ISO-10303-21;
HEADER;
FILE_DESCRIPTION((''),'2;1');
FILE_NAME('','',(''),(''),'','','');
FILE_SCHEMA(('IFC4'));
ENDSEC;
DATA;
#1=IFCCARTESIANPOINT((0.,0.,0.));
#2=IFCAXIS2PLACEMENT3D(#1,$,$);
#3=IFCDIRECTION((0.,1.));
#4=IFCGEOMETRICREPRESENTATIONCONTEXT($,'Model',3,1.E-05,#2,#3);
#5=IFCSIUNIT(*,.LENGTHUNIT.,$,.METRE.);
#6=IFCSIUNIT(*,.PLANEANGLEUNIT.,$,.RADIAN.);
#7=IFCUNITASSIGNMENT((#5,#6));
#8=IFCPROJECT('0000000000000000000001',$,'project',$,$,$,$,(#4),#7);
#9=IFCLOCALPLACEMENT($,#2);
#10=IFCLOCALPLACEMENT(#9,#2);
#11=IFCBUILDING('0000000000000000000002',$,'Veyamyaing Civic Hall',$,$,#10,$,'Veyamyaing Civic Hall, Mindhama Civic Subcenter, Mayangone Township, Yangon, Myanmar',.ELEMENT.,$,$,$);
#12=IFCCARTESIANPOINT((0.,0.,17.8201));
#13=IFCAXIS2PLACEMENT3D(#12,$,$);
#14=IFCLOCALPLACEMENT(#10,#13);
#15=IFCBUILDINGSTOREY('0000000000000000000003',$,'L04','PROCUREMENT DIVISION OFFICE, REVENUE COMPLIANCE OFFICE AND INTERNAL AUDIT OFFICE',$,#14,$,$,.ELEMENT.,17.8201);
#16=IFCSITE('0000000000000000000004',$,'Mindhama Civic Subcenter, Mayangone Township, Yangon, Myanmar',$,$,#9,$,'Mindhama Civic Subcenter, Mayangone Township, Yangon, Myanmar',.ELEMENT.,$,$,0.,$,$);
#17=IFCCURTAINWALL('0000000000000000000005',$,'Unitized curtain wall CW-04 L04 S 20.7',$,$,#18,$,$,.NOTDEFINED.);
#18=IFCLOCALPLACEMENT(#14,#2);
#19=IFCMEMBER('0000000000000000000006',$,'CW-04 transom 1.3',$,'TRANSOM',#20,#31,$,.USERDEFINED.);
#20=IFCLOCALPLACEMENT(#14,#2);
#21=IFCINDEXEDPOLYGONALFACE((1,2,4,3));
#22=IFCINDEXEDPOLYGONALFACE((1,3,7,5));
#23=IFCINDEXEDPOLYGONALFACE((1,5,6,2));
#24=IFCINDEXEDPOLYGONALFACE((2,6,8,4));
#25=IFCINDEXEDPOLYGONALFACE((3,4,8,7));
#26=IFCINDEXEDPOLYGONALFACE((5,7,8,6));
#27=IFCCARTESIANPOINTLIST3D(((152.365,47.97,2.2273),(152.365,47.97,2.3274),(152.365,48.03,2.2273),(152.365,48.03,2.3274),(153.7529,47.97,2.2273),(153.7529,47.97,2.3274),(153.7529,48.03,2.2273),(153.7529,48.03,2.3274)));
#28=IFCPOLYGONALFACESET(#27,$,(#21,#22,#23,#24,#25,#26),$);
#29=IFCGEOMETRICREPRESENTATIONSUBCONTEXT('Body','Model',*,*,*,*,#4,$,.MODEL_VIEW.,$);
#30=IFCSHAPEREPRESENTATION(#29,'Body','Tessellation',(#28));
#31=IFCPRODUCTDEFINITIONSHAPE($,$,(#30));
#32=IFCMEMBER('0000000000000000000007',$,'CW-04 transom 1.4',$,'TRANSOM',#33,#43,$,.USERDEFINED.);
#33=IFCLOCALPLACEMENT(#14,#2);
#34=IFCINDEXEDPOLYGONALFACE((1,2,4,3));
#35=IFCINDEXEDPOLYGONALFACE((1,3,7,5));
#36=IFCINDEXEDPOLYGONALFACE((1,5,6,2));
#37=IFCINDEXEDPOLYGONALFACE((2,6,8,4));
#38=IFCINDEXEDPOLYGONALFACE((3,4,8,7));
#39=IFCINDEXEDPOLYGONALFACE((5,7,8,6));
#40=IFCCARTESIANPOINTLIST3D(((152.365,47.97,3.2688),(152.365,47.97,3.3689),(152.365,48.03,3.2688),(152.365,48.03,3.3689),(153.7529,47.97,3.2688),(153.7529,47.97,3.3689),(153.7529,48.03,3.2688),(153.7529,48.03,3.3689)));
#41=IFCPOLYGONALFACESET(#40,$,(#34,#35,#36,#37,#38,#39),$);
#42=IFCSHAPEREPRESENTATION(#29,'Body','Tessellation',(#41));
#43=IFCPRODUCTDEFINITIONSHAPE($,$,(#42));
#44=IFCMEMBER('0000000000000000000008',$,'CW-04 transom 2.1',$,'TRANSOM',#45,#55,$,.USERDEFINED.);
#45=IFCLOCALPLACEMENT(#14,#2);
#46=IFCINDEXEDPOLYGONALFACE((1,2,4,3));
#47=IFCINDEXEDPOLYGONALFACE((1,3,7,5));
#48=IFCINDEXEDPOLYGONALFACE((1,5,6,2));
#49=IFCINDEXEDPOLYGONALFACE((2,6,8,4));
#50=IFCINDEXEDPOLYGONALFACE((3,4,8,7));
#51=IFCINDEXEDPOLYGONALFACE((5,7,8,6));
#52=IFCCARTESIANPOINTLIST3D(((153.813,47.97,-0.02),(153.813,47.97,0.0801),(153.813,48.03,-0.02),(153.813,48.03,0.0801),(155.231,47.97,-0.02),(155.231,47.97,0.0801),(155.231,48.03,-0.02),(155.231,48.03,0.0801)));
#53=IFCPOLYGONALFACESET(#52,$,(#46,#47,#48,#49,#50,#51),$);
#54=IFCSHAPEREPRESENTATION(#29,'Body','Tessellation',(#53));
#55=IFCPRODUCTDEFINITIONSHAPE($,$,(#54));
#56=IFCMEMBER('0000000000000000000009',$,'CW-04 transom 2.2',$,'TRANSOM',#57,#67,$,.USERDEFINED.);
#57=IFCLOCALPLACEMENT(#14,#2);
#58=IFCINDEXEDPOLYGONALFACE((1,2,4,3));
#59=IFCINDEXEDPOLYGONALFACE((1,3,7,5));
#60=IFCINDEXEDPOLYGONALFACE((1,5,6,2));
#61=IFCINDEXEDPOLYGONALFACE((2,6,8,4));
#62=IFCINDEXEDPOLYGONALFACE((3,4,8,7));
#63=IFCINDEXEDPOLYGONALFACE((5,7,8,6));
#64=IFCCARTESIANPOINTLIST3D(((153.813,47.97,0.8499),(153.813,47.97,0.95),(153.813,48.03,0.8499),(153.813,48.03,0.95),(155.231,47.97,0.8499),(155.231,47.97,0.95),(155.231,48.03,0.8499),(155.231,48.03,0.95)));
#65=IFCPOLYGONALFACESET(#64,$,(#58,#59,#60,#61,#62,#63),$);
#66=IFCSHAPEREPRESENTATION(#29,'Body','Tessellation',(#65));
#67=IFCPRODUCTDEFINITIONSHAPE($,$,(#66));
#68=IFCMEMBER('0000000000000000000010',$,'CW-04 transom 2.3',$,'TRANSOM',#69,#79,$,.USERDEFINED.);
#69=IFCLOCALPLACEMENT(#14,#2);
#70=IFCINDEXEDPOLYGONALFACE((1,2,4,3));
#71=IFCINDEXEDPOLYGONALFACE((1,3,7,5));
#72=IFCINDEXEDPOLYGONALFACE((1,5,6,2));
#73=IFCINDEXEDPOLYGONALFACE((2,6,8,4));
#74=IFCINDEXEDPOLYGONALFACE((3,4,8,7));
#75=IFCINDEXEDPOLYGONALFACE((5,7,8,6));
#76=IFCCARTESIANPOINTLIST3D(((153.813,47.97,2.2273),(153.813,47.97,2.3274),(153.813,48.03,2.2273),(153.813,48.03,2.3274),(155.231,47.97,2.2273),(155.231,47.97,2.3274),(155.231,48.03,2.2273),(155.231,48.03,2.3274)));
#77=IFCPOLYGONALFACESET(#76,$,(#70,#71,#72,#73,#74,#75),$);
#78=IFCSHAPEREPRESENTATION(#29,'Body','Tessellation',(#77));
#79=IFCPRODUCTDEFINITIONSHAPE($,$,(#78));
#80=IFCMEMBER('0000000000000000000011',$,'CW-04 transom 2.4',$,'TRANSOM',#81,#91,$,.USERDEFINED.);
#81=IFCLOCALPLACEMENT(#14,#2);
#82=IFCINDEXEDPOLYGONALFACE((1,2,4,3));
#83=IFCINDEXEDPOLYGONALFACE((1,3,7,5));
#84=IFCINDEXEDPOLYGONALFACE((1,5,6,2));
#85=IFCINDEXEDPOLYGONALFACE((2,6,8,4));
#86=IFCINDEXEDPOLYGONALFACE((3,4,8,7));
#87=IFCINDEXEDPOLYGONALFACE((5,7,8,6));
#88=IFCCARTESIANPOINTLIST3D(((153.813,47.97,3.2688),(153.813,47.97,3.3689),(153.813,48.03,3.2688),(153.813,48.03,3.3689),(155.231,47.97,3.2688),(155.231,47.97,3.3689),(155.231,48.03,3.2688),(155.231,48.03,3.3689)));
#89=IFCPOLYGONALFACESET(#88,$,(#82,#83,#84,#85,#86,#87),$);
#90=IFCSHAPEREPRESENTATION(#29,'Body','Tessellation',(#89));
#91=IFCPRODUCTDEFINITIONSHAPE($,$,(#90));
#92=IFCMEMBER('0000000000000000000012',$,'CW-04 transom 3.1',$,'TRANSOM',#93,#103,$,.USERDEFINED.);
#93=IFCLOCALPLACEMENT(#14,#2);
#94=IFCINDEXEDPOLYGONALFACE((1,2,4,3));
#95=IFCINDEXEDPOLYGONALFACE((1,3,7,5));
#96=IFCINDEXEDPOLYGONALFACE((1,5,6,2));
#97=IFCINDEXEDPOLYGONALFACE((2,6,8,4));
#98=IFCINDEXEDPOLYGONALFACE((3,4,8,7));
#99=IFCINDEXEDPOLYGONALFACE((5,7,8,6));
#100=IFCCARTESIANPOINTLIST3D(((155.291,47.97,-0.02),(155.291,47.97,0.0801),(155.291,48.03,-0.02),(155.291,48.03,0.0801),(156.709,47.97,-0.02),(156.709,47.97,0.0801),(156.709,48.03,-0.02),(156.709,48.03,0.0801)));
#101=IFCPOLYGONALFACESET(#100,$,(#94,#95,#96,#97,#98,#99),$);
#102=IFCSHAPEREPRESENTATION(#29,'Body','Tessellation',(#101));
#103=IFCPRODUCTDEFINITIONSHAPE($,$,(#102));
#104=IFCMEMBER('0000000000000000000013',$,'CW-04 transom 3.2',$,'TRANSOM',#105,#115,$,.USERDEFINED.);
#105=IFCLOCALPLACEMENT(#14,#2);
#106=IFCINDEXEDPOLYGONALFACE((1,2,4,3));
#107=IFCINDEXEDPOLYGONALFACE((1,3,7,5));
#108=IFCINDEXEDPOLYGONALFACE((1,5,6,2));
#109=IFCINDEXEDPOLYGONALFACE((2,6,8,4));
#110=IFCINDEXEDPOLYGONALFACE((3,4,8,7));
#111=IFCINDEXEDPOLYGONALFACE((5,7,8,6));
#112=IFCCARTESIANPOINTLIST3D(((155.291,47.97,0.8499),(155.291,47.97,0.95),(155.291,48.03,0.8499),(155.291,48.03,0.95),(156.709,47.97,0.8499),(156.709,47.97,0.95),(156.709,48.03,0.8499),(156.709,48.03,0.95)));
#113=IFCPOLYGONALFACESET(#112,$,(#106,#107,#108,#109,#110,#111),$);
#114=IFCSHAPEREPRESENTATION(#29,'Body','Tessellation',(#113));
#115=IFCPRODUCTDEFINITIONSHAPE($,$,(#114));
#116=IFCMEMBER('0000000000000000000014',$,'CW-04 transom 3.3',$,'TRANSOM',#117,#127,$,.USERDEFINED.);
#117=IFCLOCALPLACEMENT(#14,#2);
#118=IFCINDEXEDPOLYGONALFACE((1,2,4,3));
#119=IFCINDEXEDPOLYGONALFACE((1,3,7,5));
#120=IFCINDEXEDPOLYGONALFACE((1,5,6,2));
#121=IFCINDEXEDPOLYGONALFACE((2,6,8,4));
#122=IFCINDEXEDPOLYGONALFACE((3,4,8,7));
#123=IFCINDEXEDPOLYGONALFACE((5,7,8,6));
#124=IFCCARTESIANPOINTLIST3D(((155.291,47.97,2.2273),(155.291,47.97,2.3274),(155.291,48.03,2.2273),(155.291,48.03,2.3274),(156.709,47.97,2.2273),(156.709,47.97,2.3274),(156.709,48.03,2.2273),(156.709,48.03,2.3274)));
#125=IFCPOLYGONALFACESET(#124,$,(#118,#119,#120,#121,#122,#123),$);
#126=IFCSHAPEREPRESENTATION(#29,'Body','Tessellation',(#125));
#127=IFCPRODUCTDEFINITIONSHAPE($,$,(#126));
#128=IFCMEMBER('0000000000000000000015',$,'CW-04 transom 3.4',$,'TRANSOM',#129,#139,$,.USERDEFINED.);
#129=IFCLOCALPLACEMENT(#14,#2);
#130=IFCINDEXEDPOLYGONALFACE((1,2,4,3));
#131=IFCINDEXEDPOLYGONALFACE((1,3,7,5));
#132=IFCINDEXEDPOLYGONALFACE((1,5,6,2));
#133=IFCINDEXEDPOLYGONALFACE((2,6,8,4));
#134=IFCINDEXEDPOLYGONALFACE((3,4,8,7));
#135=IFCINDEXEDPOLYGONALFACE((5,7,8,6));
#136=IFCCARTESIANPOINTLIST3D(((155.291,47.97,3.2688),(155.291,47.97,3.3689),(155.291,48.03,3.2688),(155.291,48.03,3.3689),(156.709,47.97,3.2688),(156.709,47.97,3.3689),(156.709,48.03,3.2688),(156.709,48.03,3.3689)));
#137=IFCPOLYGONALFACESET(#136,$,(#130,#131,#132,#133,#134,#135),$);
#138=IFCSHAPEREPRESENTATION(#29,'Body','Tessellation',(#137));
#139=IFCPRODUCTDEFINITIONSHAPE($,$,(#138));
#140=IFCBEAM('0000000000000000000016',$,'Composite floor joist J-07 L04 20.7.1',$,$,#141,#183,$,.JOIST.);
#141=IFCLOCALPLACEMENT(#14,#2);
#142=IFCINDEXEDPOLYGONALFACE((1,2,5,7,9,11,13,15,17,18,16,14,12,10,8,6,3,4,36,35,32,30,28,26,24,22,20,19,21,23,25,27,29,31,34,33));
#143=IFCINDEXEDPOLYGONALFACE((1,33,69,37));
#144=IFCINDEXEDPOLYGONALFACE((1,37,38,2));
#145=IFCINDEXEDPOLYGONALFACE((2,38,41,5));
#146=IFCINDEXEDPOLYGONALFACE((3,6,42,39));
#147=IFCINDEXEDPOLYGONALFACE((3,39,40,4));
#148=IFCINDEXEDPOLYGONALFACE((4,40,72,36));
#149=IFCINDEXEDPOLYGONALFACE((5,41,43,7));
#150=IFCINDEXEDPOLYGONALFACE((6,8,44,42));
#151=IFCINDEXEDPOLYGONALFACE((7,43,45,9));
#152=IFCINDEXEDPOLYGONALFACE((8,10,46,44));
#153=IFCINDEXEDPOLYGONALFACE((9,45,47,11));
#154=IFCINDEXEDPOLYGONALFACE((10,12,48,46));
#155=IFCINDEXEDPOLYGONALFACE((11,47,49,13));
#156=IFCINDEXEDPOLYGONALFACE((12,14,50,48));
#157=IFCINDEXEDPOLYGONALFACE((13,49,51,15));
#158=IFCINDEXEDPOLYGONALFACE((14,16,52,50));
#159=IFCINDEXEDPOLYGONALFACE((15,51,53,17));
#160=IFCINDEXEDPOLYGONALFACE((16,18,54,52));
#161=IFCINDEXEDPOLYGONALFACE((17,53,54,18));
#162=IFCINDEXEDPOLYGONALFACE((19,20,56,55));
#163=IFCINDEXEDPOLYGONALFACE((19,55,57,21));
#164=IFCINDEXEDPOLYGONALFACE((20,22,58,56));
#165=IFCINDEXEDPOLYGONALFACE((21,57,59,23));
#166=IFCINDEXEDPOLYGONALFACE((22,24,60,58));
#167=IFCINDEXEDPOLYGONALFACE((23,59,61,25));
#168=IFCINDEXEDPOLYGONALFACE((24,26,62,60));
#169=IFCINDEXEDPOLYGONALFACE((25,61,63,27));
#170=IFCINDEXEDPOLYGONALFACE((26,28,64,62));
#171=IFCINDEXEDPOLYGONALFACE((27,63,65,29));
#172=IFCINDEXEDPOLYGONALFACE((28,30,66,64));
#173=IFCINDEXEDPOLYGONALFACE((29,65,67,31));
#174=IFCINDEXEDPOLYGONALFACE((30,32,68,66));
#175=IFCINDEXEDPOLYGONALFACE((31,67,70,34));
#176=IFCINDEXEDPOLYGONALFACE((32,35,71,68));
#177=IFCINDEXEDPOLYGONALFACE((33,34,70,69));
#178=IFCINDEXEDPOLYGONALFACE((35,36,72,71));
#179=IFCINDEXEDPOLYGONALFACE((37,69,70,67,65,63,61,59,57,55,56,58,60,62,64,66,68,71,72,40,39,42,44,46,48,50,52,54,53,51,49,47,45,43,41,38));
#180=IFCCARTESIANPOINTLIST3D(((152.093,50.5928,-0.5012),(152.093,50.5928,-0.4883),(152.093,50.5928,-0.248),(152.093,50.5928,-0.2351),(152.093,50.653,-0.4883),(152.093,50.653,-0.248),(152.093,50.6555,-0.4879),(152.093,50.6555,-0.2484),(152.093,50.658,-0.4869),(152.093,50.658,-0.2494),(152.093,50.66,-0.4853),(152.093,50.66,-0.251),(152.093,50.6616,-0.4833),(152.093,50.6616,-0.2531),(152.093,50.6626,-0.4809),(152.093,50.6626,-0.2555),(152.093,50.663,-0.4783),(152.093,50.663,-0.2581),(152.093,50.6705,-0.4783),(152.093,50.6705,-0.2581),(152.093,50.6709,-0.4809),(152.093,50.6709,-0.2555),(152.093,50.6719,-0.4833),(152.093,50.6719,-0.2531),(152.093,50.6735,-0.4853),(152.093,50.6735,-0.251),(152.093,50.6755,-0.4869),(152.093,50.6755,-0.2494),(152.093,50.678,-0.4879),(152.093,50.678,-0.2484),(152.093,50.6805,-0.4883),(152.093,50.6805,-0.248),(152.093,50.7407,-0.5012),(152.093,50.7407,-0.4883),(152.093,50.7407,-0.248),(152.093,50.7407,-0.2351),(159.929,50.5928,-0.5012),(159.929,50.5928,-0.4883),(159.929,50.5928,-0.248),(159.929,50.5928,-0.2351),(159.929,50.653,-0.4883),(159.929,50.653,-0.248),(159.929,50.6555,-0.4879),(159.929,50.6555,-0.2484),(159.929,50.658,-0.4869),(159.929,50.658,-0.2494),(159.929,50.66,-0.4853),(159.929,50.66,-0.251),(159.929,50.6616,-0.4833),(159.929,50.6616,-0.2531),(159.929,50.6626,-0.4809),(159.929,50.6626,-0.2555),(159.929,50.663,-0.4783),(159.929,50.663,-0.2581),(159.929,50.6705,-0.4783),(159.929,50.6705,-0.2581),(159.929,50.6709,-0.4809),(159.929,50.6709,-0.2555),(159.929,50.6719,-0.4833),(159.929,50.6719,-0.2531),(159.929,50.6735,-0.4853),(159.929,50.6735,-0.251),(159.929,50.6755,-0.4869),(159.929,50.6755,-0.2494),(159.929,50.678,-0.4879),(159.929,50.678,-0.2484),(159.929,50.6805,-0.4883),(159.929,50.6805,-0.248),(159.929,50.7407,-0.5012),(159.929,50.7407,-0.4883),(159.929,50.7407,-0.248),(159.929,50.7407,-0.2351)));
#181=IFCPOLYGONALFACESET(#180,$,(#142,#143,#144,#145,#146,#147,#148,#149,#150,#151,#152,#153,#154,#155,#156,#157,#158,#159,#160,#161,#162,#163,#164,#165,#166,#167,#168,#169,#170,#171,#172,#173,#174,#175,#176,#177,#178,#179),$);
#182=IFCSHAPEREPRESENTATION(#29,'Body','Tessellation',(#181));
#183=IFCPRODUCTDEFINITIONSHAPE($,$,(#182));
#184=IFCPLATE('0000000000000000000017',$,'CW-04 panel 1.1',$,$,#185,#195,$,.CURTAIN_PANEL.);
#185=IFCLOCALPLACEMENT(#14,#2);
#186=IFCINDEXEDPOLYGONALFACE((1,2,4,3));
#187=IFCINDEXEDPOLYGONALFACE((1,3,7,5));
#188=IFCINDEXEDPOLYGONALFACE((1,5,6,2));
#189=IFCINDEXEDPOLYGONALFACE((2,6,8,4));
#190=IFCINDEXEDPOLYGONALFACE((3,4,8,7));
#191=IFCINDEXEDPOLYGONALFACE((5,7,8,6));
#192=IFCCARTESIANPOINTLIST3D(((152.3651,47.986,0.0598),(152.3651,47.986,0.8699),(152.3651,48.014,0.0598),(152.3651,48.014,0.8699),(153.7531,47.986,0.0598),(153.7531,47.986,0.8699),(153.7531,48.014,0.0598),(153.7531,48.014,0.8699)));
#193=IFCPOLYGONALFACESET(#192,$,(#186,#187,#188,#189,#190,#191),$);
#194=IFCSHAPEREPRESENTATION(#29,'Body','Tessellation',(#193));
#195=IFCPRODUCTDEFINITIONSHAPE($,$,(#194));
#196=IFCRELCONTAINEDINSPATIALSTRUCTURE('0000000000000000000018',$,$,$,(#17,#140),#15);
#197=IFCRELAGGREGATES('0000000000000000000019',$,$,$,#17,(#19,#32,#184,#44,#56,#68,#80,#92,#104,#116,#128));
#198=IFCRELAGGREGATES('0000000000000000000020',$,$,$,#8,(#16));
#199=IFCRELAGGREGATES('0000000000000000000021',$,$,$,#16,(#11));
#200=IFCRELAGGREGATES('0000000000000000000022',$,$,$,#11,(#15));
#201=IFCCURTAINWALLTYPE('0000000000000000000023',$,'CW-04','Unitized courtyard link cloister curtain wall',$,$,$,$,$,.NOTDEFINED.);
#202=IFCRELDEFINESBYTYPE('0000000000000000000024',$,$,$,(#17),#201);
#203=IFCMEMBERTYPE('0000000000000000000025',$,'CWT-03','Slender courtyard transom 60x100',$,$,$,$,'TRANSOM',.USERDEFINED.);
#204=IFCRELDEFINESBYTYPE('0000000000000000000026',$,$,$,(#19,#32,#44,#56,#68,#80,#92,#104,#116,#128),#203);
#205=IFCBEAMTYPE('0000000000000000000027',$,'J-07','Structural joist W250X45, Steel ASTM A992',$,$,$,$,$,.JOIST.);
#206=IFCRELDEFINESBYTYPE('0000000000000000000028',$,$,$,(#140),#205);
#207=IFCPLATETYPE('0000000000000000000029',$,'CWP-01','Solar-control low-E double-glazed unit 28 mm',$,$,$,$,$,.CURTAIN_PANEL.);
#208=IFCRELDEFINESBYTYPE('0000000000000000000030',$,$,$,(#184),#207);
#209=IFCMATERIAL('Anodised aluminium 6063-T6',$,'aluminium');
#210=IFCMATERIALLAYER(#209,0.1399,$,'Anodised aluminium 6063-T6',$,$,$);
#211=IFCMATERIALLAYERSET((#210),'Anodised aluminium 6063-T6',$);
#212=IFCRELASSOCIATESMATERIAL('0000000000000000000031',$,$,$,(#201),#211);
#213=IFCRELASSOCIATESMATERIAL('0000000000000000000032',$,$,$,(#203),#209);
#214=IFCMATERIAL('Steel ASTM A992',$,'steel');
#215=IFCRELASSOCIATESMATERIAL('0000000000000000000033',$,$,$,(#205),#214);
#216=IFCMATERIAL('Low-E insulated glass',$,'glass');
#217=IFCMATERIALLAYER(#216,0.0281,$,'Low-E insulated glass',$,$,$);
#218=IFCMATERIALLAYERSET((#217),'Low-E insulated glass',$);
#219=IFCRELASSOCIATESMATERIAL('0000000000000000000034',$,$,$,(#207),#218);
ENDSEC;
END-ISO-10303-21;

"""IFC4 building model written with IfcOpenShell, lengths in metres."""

from ifc_helpers import new_model, si_unit, direction, frame, origin, origin_2d, place, context, subcontext, project, spatial, rectangle, i_section, extrude, material, layer, layer_set, material_profile, profile_set, type_object, element, aggregate, save


model = new_model("IFC4")

# Units and contexts
model_context = context("Model", 3, precision=1e-05, world=origin(), true_north=direction((0.0, 1.0)))
body_context = subcontext(model_context, "Body", "Model", "MODEL_VIEW")
ifc_project = project(units=[si_unit("LENGTHUNIT", "METRE"), si_unit("PLANEANGLEUNIT", "RADIAN")], contexts=[model_context])

# Site, building, storey
site_placement = place(None, origin())
site = spatial("IfcSite", under=ifc_project, at=site_placement, Name="Mindhama Civic Subcenter, Mayangone Township, Yangon, Myanmar", LongName="Mindhama Civic Subcenter, Mayangone Township, Yangon, Myanmar", CompositionType="ELEMENT", RefElevation=0.0)
building_placement = place(site_placement, origin())
building = spatial("IfcBuilding", under=site, at=building_placement, Name="Veyamyaing Civic Hall", LongName="Veyamyaing Civic Hall, Mindhama Civic Subcenter, Mayangone Township, Yangon, Myanmar", CompositionType="ELEMENT")
storey_placement = place(building_placement, frame((0.0, 0.0, 17.8201)))
storey = spatial("IfcBuildingStorey", under=building, at=storey_placement, Name="L04", Description="PROCUREMENT DIVISION OFFICE, REVENUE COMPLIANCE OFFICE AND INTERNAL AUDIT OFFICE", CompositionType="ELEMENT", Elevation=17.8201)

# Shared definitions
ifc_material_1 = material(Name="Steel ASTM A992", Category="steel")

# Shared definitions
ifc_material_2 = material(Name="Anodised aluminium 6063-T6", Category="aluminium")
ifc_layer_1 = layer(ifc_material_2, 0.1399, Name="Anodised aluminium 6063-T6")
ifc_layer_set_1 = layer_set([ifc_layer_1], Name="Anodised aluminium 6063-T6")
curtain_wall_type = type_object("IfcCurtainWallType", Name="CW-04", Description="Unitized courtyard link cloister curtain wall", PredefinedType="NOTDEFINED", material=ifc_layer_set_1)

# Curtain wall, members
curtain_wall_1_placement = place(storey_placement, origin())
curtain_wall_1 = element("IfcCurtainWall", 1, at=curtain_wall_1_placement, inside=storey, type_object=curtain_wall_type, Name="Unitized curtain wall CW-04 L04 S 20.7", PredefinedType="NOTDEFINED")
ifc_material_profile_1 = material_profile(ifc_material_2, rectangle(XDim=0.0601, YDim=0.1001, at=origin_2d()), Name="ALU-TRN-60X100")
ifc_profile_set_1 = profile_set([ifc_material_profile_1], Name="Anodised aluminium 6063-T6")
member_type_1 = type_object("IfcMemberType", Name="CWT-03", Description="Slender courtyard transom 60x100", ElementType="TRANSOM", PredefinedType="USERDEFINED", material=ifc_profile_set_1)
member_1_placement = place(storey_placement, frame((152.365, 48.0, 2.2773), z_axis=(1.0, 0.0, 0.0), x_axis=(0.0, 1.0, 0.0)))
member_1 = element("IfcMember", 2, at=member_1_placement, type_object=member_type_1, Name="CW-04 transom 1.3", ObjectType="TRANSOM", PredefinedType="USERDEFINED", context=body_context, shape_type="SweptSolid", body=[
    extrude(rectangle(XDim=0.0601, YDim=0.1001, at=origin_2d()), origin(), (0.0, 0.0, 1.0), 1.3879),
])
member_2_placement = place(storey_placement, frame((152.365, 48.0, 3.3188), z_axis=(1.0, 0.0, 0.0), x_axis=(0.0, 1.0, 0.0)))
member_2 = element("IfcMember", 3, at=member_2_placement, type_object=member_type_1, Name="CW-04 transom 1.4", ObjectType="TRANSOM", PredefinedType="USERDEFINED", context=body_context, shape_type="SweptSolid", body=[
    extrude(rectangle(XDim=0.0601, YDim=0.1001, at=origin_2d()), origin(), (0.0, 0.0, 1.0), 1.3879),
])
member_3_placement = place(storey_placement, frame((153.813, 48.0, 0.03), z_axis=(1.0, 0.0, 0.0), x_axis=(0.0, 1.0, 0.0)))
member_3 = element("IfcMember", 4, at=member_3_placement, type_object=member_type_1, Name="CW-04 transom 2.1", ObjectType="TRANSOM", PredefinedType="USERDEFINED", context=body_context, shape_type="SweptSolid", body=[
    extrude(rectangle(XDim=0.0601, YDim=0.1001, at=origin_2d()), origin(), (0.0, 0.0, 1.0), 1.418),
])
member_4_placement = place(storey_placement, frame((153.813, 48.0, 0.8999), z_axis=(1.0, 0.0, 0.0), x_axis=(0.0, 1.0, 0.0)))
member_4 = element("IfcMember", 5, at=member_4_placement, type_object=member_type_1, Name="CW-04 transom 2.2", ObjectType="TRANSOM", PredefinedType="USERDEFINED", context=body_context, shape_type="SweptSolid", body=[
    extrude(rectangle(XDim=0.0601, YDim=0.1001, at=origin_2d()), origin(), (0.0, 0.0, 1.0), 1.418),
])
member_5_placement = place(storey_placement, frame((153.813, 48.0, 2.2773), z_axis=(1.0, 0.0, 0.0), x_axis=(0.0, 1.0, 0.0)))
member_5 = element("IfcMember", 6, at=member_5_placement, type_object=member_type_1, Name="CW-04 transom 2.3", ObjectType="TRANSOM", PredefinedType="USERDEFINED", context=body_context, shape_type="SweptSolid", body=[
    extrude(rectangle(XDim=0.0601, YDim=0.1001, at=origin_2d()), origin(), (0.0, 0.0, 1.0), 1.418),
])
member_6_placement = place(storey_placement, frame((153.813, 48.0, 3.3188), z_axis=(1.0, 0.0, 0.0), x_axis=(0.0, 1.0, 0.0)))
member_6 = element("IfcMember", 7, at=member_6_placement, type_object=member_type_1, Name="CW-04 transom 2.4", ObjectType="TRANSOM", PredefinedType="USERDEFINED", context=body_context, shape_type="SweptSolid", body=[
    extrude(rectangle(XDim=0.0601, YDim=0.1001, at=origin_2d()), origin(), (0.0, 0.0, 1.0), 1.418),
])
member_7_placement = place(storey_placement, frame((155.291, 48.0, 0.03), z_axis=(1.0, 0.0, 0.0), x_axis=(0.0, 1.0, 0.0)))
member_7 = element("IfcMember", 8, at=member_7_placement, type_object=member_type_1, Name="CW-04 transom 3.1", ObjectType="TRANSOM", PredefinedType="USERDEFINED", context=body_context, shape_type="SweptSolid", body=[
    extrude(rectangle(XDim=0.0601, YDim=0.1001, at=origin_2d()), origin(), (0.0, 0.0, 1.0), 1.418),
])
member_8_placement = place(storey_placement, frame((155.291, 48.0, 0.8999), z_axis=(1.0, 0.0, 0.0), x_axis=(0.0, 1.0, 0.0)))
member_8 = element("IfcMember", 9, at=member_8_placement, type_object=member_type_1, Name="CW-04 transom 3.2", ObjectType="TRANSOM", PredefinedType="USERDEFINED", context=body_context, shape_type="SweptSolid", body=[
    extrude(rectangle(XDim=0.0601, YDim=0.1001, at=origin_2d()), origin(), (0.0, 0.0, 1.0), 1.418),
])
member_9_placement = place(storey_placement, frame((155.291, 48.0, 2.2773), z_axis=(1.0, 0.0, 0.0), x_axis=(0.0, 1.0, 0.0)))
member_9 = element("IfcMember", 10, at=member_9_placement, type_object=member_type_1, Name="CW-04 transom 3.3", ObjectType="TRANSOM", PredefinedType="USERDEFINED", context=body_context, shape_type="SweptSolid", body=[
    extrude(rectangle(XDim=0.0601, YDim=0.1001, at=origin_2d()), origin(), (0.0, 0.0, 1.0), 1.418),
])
member_10_placement = place(storey_placement, frame((155.291, 48.0, 3.3188), z_axis=(1.0, 0.0, 0.0), x_axis=(0.0, 1.0, 0.0)))
member_10 = element("IfcMember", 11, at=member_10_placement, type_object=member_type_1, Name="CW-04 transom 3.4", ObjectType="TRANSOM", PredefinedType="USERDEFINED", context=body_context, shape_type="SweptSolid", body=[
    extrude(rectangle(XDim=0.0601, YDim=0.1001, at=origin_2d()), origin(), (0.0, 0.0, 1.0), 1.418),
])

# Beam
ifc_material_profile_2 = material_profile(ifc_material_1, i_section(OverallWidth=0.1479, OverallDepth=0.2661, WebThickness=0.0076, FlangeThickness=0.0129, FilletRadius=0.01, at=origin_2d()), Name="W250X45")
ifc_profile_set_2 = profile_set([ifc_material_profile_2], Name="Steel ASTM A992")
beam_type_1 = type_object("IfcBeamType", Name="J-07", Description="Structural joist W250X45, Steel ASTM A992", PredefinedType="JOIST", material=ifc_profile_set_2)
beam_1_placement = place(storey_placement, frame((152.093, 50.6667, -0.3682), z_axis=(1.0, 0.0, 0.0), x_axis=(0.0, 1.0, 0.0)))
element("IfcBeam", 12, at=beam_1_placement, inside=storey, type_object=beam_type_1, Name="Composite floor joist J-07 L04 20.7.1", PredefinedType="JOIST", context=body_context, shape_type="SweptSolid", body=[
    extrude(i_section(OverallWidth=0.1479, OverallDepth=0.2661, WebThickness=0.0076, FlangeThickness=0.0129, FilletRadius=0.01, at=origin_2d()), origin(), (0.0, 0.0, 1.0), 7.8359),
])

# Plate
ifc_material_3 = material(Name="Low-E insulated glass", Category="glass")
ifc_layer_2 = layer(ifc_material_3, 0.0281, Name="Low-E insulated glass")
ifc_layer_set_2 = layer_set([ifc_layer_2], Name="Low-E insulated glass")
plate_type = type_object("IfcPlateType", Name="CWP-01", Description="Solar-control low-E double-glazed unit 28 mm", PredefinedType="CURTAIN_PANEL", material=ifc_layer_set_2)
plate_1_placement = place(storey_placement, frame((153.0591, 48.0, 0.0598), z_axis=(0.0, 0.0, 1.0), x_axis=(1.0, 0.0, 0.0)))
plate_1 = element("IfcPlate", 13, at=plate_1_placement, type_object=plate_type, Name="CW-04 panel 1.1", PredefinedType="CURTAIN_PANEL", context=body_context, shape_type="SweptSolid", body=[
    extrude(rectangle(XDim=1.3879, YDim=0.0281, at=origin_2d()), origin(), (0.0, 0.0, 1.0), 0.8101),
])
aggregate(curtain_wall_1, [member_1, member_2, plate_1, member_3, member_4, member_5, member_6, member_7, member_8, member_9, member_10])

save(model, "model.ifc")
